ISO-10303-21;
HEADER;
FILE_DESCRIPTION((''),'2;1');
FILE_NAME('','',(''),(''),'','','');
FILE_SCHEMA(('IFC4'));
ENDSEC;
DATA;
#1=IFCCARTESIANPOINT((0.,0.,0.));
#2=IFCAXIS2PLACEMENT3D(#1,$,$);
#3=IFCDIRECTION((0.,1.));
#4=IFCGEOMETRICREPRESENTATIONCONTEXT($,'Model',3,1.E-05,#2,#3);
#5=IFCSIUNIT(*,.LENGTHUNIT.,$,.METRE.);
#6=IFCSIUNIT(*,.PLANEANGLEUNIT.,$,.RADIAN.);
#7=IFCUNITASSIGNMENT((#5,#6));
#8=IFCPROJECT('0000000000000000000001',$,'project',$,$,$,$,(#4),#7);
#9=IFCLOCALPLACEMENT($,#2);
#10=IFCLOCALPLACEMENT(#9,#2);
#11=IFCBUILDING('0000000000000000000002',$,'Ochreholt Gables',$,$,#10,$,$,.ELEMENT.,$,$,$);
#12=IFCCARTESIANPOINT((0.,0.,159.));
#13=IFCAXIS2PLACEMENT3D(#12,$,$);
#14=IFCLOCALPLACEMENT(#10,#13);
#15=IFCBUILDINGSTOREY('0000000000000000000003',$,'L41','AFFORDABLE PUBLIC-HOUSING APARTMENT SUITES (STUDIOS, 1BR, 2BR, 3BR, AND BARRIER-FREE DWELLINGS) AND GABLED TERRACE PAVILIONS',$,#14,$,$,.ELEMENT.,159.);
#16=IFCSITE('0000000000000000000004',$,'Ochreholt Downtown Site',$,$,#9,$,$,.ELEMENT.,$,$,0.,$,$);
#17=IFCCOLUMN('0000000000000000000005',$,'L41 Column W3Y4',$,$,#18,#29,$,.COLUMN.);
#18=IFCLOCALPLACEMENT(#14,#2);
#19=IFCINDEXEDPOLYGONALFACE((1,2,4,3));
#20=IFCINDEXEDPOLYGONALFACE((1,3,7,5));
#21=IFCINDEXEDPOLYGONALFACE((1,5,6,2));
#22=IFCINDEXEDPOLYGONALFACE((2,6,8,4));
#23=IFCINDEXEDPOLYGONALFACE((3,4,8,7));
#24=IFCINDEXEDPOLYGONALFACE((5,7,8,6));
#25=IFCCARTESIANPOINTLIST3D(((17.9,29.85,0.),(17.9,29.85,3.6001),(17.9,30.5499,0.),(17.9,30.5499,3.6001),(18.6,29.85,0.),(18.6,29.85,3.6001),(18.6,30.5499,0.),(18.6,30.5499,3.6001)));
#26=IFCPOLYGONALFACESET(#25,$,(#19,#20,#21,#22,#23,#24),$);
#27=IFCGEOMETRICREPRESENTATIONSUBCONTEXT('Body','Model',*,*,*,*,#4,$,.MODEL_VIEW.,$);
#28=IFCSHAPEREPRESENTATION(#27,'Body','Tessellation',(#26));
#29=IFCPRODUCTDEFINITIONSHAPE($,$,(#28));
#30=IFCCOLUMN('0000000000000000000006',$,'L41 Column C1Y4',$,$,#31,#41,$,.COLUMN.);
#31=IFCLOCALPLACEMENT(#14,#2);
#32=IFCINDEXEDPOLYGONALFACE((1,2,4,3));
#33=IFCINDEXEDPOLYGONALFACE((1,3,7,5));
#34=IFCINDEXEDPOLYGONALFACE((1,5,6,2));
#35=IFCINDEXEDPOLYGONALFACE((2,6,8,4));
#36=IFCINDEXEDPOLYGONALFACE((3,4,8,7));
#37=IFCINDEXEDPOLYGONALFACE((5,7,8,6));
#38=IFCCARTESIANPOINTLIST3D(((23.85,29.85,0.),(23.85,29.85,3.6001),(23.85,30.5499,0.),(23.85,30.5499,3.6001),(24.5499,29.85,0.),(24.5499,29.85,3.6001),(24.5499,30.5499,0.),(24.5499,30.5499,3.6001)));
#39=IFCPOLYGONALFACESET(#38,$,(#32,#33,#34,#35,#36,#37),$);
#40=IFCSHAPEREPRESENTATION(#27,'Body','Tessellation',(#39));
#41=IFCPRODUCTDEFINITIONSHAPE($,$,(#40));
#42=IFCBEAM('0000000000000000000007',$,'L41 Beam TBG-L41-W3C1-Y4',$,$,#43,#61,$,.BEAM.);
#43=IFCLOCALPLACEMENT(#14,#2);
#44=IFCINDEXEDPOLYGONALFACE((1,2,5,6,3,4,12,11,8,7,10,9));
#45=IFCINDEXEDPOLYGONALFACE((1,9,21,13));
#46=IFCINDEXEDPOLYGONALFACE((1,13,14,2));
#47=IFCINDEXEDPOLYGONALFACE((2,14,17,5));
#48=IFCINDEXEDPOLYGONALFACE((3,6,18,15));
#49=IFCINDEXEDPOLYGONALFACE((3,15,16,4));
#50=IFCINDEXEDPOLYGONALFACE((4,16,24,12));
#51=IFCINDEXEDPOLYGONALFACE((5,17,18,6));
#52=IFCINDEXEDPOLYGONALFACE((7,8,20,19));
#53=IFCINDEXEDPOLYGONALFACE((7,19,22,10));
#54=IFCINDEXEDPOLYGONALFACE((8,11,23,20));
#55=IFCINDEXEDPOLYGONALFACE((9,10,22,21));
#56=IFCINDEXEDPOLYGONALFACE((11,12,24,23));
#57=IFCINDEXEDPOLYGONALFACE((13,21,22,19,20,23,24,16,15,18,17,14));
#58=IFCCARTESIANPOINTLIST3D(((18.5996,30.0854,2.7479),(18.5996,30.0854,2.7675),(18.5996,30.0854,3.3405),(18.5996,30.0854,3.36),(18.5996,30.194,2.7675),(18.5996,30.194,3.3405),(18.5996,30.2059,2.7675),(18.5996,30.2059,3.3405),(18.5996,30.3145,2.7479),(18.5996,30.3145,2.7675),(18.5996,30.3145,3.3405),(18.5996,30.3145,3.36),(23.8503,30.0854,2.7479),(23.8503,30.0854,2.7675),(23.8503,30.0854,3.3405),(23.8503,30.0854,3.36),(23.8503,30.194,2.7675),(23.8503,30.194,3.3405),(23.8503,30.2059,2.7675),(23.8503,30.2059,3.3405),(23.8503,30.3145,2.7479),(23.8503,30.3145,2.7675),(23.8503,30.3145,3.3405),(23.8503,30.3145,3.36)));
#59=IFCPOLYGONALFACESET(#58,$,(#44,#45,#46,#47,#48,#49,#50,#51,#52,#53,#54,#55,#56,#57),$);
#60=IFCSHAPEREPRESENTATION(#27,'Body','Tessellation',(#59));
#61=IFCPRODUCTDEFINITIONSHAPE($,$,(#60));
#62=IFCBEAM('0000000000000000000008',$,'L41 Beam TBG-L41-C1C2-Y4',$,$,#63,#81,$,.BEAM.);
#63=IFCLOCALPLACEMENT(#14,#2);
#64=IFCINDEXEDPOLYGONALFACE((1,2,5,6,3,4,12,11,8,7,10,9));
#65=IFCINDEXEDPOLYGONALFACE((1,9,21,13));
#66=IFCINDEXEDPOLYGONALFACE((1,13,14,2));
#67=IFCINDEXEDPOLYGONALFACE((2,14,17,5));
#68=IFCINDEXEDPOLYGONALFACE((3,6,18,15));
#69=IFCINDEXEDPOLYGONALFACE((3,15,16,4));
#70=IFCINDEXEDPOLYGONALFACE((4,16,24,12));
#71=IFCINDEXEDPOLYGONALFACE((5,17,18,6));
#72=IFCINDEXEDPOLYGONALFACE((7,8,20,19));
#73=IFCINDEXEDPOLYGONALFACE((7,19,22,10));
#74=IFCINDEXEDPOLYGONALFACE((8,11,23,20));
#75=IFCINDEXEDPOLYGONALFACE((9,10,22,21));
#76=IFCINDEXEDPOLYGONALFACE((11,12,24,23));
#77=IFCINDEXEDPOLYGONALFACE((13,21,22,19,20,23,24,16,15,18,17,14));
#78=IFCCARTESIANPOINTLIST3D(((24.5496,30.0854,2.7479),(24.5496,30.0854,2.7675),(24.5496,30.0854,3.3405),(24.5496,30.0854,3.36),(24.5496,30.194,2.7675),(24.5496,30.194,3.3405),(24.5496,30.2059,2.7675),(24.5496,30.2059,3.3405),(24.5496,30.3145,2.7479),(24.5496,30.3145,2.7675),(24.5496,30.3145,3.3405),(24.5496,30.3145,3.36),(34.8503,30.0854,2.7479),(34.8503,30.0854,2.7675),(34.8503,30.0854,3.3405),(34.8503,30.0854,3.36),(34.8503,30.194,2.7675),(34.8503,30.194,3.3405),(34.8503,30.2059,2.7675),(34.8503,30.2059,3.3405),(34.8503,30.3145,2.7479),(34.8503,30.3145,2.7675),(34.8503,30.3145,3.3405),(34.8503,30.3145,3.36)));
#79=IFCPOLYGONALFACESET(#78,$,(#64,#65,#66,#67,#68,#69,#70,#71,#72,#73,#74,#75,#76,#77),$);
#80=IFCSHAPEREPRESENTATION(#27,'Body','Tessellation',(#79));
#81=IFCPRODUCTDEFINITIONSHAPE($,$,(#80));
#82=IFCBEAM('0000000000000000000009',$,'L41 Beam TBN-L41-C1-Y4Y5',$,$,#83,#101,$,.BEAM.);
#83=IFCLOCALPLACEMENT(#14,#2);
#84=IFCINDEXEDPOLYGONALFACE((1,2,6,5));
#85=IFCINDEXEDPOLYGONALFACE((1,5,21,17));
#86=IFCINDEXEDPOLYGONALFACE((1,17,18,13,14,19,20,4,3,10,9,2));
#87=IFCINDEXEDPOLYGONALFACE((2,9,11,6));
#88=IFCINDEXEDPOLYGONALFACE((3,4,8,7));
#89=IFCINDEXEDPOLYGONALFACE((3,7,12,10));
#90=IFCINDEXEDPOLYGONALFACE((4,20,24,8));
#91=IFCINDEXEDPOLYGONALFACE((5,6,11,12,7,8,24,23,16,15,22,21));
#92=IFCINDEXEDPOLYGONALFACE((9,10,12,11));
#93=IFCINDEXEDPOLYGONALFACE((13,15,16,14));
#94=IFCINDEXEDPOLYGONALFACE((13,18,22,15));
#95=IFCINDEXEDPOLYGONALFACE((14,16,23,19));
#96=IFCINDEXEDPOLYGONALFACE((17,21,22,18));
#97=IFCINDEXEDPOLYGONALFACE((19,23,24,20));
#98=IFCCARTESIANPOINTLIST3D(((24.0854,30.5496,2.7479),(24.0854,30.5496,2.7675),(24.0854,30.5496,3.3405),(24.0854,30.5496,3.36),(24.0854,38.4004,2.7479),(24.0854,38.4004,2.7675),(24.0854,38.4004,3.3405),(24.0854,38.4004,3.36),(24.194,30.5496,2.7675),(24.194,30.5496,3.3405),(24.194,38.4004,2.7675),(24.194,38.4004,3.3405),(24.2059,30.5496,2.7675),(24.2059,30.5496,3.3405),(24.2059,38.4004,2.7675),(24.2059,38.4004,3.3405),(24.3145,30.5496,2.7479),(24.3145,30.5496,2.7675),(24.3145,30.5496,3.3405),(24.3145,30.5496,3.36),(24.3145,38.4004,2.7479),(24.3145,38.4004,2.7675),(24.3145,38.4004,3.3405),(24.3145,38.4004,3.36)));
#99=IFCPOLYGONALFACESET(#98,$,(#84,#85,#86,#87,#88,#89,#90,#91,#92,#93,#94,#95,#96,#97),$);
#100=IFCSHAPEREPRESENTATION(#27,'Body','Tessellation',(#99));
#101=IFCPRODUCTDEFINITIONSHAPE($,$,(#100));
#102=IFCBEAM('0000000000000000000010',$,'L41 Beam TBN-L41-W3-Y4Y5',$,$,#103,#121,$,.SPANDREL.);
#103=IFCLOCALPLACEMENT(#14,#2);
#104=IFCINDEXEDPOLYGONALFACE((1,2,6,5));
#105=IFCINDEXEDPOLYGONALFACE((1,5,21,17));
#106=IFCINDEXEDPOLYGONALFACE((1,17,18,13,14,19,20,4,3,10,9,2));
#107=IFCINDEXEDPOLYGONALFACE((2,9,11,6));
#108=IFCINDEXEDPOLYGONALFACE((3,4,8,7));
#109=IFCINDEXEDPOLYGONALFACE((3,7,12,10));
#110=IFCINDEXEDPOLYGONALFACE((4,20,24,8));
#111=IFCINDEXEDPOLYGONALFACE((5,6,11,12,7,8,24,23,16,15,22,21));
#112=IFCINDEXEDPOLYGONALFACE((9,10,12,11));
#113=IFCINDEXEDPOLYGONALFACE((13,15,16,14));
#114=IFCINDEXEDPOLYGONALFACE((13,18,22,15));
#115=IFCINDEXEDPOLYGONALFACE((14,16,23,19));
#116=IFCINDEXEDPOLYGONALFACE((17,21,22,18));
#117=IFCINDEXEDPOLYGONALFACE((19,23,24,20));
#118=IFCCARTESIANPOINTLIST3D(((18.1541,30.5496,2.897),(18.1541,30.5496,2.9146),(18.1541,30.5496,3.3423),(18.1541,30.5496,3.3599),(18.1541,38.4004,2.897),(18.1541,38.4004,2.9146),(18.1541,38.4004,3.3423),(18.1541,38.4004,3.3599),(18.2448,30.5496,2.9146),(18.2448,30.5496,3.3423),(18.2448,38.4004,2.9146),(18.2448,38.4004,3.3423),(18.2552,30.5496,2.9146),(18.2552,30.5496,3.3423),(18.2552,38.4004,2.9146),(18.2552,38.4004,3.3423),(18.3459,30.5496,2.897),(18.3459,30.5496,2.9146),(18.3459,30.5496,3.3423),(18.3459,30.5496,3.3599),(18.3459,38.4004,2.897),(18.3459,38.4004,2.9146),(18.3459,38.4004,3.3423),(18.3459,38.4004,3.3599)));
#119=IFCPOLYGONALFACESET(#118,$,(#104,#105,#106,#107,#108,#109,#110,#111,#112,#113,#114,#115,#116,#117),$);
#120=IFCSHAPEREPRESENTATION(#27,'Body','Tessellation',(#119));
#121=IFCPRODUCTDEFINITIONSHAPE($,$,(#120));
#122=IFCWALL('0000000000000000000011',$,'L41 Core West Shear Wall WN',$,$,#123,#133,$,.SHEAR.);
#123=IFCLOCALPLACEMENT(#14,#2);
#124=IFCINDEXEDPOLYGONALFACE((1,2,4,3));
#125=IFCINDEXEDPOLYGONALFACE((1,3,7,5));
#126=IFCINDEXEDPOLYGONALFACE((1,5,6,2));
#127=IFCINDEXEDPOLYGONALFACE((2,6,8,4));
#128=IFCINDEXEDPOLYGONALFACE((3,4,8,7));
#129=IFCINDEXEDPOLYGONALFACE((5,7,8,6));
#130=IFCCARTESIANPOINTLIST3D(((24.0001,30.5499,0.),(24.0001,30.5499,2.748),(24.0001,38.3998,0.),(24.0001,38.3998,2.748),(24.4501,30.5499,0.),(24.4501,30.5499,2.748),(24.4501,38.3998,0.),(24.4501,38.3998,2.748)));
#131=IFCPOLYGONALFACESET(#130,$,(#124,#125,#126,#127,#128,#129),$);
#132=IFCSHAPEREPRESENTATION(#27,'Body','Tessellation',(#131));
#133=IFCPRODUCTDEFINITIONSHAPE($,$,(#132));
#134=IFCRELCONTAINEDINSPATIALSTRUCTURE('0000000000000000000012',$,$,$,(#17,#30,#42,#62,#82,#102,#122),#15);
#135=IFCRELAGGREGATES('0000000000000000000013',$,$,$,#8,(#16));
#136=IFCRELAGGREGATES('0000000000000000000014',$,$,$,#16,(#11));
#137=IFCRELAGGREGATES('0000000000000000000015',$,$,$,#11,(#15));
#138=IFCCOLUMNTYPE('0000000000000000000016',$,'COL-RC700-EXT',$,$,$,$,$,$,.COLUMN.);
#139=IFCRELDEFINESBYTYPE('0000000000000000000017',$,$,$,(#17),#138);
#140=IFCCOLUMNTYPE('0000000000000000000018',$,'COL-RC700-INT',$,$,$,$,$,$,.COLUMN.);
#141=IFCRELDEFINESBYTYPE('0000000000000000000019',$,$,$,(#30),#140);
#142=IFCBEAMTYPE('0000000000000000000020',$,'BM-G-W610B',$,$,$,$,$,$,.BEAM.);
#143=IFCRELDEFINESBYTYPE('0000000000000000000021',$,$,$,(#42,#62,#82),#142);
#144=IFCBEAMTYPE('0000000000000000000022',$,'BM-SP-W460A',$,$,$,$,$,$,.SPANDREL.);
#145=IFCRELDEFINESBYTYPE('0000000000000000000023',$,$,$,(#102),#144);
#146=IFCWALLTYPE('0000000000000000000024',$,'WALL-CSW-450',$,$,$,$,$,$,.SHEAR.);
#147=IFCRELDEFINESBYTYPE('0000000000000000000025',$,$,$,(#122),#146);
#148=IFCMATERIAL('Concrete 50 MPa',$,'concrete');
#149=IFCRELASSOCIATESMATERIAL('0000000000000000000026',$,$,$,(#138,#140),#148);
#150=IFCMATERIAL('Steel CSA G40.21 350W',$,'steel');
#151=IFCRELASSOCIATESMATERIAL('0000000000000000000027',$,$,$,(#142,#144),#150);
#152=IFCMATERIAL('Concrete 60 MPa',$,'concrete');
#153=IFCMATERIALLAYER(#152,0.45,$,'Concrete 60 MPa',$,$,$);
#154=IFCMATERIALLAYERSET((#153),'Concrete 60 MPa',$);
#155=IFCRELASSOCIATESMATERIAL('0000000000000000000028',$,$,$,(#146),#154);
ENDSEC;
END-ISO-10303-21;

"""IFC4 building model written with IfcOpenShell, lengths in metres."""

from ifc_helpers import new_model, si_unit, direction, frame, frame_2d, origin, origin_2d, place, context, subcontext, project, spatial, rectangle, i_section, extrude, material, layer, layer_set, material_profile, profile_set, type_object, element, save


model = new_model("IFC4")

# Units and contexts
model_context = context("Model", 3, precision=1e-05, world=origin(), true_north=direction((0.0, 1.0)))
body_context = subcontext(model_context, "Body", "Model", "MODEL_VIEW")
ifc_project = project(units=[si_unit("LENGTHUNIT", "METRE"), si_unit("PLANEANGLEUNIT", "RADIAN")], contexts=[model_context])

# Site, building, storey
site_placement = place(None, origin())
site = spatial("IfcSite", under=ifc_project, at=site_placement, Name="Ochreholt Downtown Site", CompositionType="ELEMENT", RefElevation=0.0)
building_placement = place(site_placement, origin())
building = spatial("IfcBuilding", under=site, at=building_placement, Name="Ochreholt Gables", CompositionType="ELEMENT")
storey_placement = place(building_placement, frame((0.0, 0.0, 159.0)))
storey = spatial("IfcBuildingStorey", under=building, at=storey_placement, Name="L41", Description="AFFORDABLE PUBLIC-HOUSING APARTMENT SUITES (STUDIOS, 1BR, 2BR, 3BR, AND BARRIER-FREE DWELLINGS) AND GABLED TERRACE PAVILIONS", CompositionType="ELEMENT", Elevation=159.0)

# Columns
ifc_material_1 = material(Name="Concrete 50 MPa", Category="concrete")
ifc_material_profile_1 = material_profile(ifc_material_1, rectangle(XDim=0.7, YDim=0.7, at=origin_2d()), Name="RC700X700")
ifc_profile_set_1 = profile_set([ifc_material_profile_1], Name="Concrete 50 MPa")
column_type_1 = type_object("IfcColumnType", Name="COL-RC700-EXT", PredefinedType="COLUMN", material=ifc_profile_set_1)
column_1_placement = place(storey_placement, frame((18.25, 30.2, 0.0), z_axis=(0.0, 0.0, 1.0), x_axis=(1.0, 0.0, 0.0)))
element("IfcColumn", 1, at=column_1_placement, inside=storey, type_object=column_type_1, Name="L41 Column W3Y4", PredefinedType="COLUMN", context=body_context, shape_type="SweptSolid", body=[
    extrude(rectangle(XDim=0.7, YDim=0.7, at=origin_2d()), origin(), (0.0, 0.0, 1.0), 3.6001),
])
ifc_material_profile_2 = material_profile(ifc_material_1, rectangle(XDim=0.7, YDim=0.7, at=origin_2d()), Name="RC700X700")
ifc_profile_set_2 = profile_set([ifc_material_profile_2], Name="Concrete 50 MPa")
column_type_2 = type_object("IfcColumnType", Name="COL-RC700-INT", PredefinedType="COLUMN", material=ifc_profile_set_2)
column_2_placement = place(storey_placement, frame((24.2, 30.2, 0.0), z_axis=(0.0, 0.0, 1.0), x_axis=(1.0, 0.0, 0.0)))
element("IfcColumn", 2, at=column_2_placement, inside=storey, type_object=column_type_2, Name="L41 Column C1Y4", PredefinedType="COLUMN", context=body_context, shape_type="SweptSolid", body=[
    extrude(rectangle(XDim=0.7, YDim=0.7, at=origin_2d()), origin(), (0.0, 0.0, 1.0), 3.6001),
])

# Beams
ifc_material_2 = material(Name="Steel CSA G40.21 350W", Category="steel")
ifc_material_profile_3 = material_profile(ifc_material_2, i_section(OverallWidth=0.229, OverallDepth=0.6121, WebThickness=0.012, FlangeThickness=0.0195, at=origin_2d()), Name="W610X125")
ifc_profile_set_3 = profile_set([ifc_material_profile_3], Name="Steel CSA G40.21 350W")
beam_type_1 = type_object("IfcBeamType", Name="BM-G-W610B", PredefinedType="BEAM", material=ifc_profile_set_3)
beam_1_placement = place(storey_placement, frame((18.5996, 30.2, 3.054), z_axis=(1.0, 0.0, 0.0), x_axis=(0.0, 1.0, 0.0)))
element("IfcBeam", 3, at=beam_1_placement, inside=storey, type_object=beam_type_1, Name="L41 Beam TBG-L41-W3C1-Y4", PredefinedType="BEAM", context=body_context, shape_type="SweptSolid", body=[
    extrude(i_section(OverallWidth=0.229, OverallDepth=0.6121, WebThickness=0.012, FlangeThickness=0.0195, at=origin_2d()), origin(), (0.0, 0.0, 1.0), 5.2507),
])
beam_2_placement = place(storey_placement, frame((24.5496, 30.2, 3.054), z_axis=(1.0, 0.0, 0.0), x_axis=(0.0, 1.0, 0.0)))
element("IfcBeam", 4, at=beam_2_placement, inside=storey, type_object=beam_type_1, Name="L41 Beam TBG-L41-C1C2-Y4", PredefinedType="BEAM", context=body_context, shape_type="SweptSolid", body=[
    extrude(i_section(OverallWidth=0.229, OverallDepth=0.6121, WebThickness=0.012, FlangeThickness=0.0195, at=origin_2d()), origin(), (0.0, 0.0, 1.0), 10.3008),
])
beam_3_placement = place(storey_placement, frame((24.2, 30.5496, 3.054), z_axis=(0.0, 1.0, 0.0), x_axis=(-1.0, 0.0, 0.0)))
element("IfcBeam", 5, at=beam_3_placement, inside=storey, type_object=beam_type_1, Name="L41 Beam TBN-L41-C1-Y4Y5", PredefinedType="BEAM", context=body_context, shape_type="SweptSolid", body=[
    extrude(i_section(OverallWidth=0.229, OverallDepth=0.6121, WebThickness=0.012, FlangeThickness=0.0195, at=origin_2d()), origin(), (0.0, 0.0, 1.0), 7.8508),
])
ifc_material_profile_4 = material_profile(ifc_material_2, i_section(OverallWidth=0.1919, OverallDepth=0.4629, WebThickness=0.0105, FlangeThickness=0.0176, at=origin_2d()), Name="W460X89")
ifc_profile_set_4 = profile_set([ifc_material_profile_4], Name="Steel CSA G40.21 350W")
beam_type_2 = type_object("IfcBeamType", Name="BM-SP-W460A", PredefinedType="SPANDREL", material=ifc_profile_set_4)
beam_4_placement = place(storey_placement, frame((18.25, 30.5496, 3.1284), z_axis=(0.0, 1.0, 0.0), x_axis=(-1.0, 0.0, 0.0)))
element("IfcBeam", 6, at=beam_4_placement, inside=storey, type_object=beam_type_2, Name="L41 Beam TBN-L41-W3-Y4Y5", PredefinedType="SPANDREL", context=body_context, shape_type="SweptSolid", body=[
    extrude(i_section(OverallWidth=0.1919, OverallDepth=0.4629, WebThickness=0.0105, FlangeThickness=0.0176, at=origin_2d()), origin(), (0.0, 0.0, 1.0), 7.8508),
])

# Wall
ifc_material_3 = material(Name="Concrete 60 MPa", Category="concrete")
ifc_layer_1 = layer(ifc_material_3, 0.45, Name="Concrete 60 MPa")
ifc_layer_set_1 = layer_set([ifc_layer_1], Name="Concrete 60 MPa")
wall_type_1 = type_object("IfcWallType", Name="WALL-CSW-450", PredefinedType="SHEAR", material=ifc_layer_set_1)
wall_1_placement = place(storey_placement, frame((24.2251, 30.55, 0.0), z_axis=(0.0, 0.0, 1.0), x_axis=(0.0, 1.0, 0.0)))
element("IfcWall", 7, at=wall_1_placement, inside=storey, type_object=wall_type_1, Name="L41 Core West Shear Wall WN", PredefinedType="SHEAR", context=body_context, shape_type="SweptSolid", body=[
    extrude(rectangle(XDim=7.8499, YDim=0.45, at=frame_2d((3.9248, 0.0))), origin(), (0.0, 0.0, 1.0), 2.748),
])

save(model, "model.ifc")
